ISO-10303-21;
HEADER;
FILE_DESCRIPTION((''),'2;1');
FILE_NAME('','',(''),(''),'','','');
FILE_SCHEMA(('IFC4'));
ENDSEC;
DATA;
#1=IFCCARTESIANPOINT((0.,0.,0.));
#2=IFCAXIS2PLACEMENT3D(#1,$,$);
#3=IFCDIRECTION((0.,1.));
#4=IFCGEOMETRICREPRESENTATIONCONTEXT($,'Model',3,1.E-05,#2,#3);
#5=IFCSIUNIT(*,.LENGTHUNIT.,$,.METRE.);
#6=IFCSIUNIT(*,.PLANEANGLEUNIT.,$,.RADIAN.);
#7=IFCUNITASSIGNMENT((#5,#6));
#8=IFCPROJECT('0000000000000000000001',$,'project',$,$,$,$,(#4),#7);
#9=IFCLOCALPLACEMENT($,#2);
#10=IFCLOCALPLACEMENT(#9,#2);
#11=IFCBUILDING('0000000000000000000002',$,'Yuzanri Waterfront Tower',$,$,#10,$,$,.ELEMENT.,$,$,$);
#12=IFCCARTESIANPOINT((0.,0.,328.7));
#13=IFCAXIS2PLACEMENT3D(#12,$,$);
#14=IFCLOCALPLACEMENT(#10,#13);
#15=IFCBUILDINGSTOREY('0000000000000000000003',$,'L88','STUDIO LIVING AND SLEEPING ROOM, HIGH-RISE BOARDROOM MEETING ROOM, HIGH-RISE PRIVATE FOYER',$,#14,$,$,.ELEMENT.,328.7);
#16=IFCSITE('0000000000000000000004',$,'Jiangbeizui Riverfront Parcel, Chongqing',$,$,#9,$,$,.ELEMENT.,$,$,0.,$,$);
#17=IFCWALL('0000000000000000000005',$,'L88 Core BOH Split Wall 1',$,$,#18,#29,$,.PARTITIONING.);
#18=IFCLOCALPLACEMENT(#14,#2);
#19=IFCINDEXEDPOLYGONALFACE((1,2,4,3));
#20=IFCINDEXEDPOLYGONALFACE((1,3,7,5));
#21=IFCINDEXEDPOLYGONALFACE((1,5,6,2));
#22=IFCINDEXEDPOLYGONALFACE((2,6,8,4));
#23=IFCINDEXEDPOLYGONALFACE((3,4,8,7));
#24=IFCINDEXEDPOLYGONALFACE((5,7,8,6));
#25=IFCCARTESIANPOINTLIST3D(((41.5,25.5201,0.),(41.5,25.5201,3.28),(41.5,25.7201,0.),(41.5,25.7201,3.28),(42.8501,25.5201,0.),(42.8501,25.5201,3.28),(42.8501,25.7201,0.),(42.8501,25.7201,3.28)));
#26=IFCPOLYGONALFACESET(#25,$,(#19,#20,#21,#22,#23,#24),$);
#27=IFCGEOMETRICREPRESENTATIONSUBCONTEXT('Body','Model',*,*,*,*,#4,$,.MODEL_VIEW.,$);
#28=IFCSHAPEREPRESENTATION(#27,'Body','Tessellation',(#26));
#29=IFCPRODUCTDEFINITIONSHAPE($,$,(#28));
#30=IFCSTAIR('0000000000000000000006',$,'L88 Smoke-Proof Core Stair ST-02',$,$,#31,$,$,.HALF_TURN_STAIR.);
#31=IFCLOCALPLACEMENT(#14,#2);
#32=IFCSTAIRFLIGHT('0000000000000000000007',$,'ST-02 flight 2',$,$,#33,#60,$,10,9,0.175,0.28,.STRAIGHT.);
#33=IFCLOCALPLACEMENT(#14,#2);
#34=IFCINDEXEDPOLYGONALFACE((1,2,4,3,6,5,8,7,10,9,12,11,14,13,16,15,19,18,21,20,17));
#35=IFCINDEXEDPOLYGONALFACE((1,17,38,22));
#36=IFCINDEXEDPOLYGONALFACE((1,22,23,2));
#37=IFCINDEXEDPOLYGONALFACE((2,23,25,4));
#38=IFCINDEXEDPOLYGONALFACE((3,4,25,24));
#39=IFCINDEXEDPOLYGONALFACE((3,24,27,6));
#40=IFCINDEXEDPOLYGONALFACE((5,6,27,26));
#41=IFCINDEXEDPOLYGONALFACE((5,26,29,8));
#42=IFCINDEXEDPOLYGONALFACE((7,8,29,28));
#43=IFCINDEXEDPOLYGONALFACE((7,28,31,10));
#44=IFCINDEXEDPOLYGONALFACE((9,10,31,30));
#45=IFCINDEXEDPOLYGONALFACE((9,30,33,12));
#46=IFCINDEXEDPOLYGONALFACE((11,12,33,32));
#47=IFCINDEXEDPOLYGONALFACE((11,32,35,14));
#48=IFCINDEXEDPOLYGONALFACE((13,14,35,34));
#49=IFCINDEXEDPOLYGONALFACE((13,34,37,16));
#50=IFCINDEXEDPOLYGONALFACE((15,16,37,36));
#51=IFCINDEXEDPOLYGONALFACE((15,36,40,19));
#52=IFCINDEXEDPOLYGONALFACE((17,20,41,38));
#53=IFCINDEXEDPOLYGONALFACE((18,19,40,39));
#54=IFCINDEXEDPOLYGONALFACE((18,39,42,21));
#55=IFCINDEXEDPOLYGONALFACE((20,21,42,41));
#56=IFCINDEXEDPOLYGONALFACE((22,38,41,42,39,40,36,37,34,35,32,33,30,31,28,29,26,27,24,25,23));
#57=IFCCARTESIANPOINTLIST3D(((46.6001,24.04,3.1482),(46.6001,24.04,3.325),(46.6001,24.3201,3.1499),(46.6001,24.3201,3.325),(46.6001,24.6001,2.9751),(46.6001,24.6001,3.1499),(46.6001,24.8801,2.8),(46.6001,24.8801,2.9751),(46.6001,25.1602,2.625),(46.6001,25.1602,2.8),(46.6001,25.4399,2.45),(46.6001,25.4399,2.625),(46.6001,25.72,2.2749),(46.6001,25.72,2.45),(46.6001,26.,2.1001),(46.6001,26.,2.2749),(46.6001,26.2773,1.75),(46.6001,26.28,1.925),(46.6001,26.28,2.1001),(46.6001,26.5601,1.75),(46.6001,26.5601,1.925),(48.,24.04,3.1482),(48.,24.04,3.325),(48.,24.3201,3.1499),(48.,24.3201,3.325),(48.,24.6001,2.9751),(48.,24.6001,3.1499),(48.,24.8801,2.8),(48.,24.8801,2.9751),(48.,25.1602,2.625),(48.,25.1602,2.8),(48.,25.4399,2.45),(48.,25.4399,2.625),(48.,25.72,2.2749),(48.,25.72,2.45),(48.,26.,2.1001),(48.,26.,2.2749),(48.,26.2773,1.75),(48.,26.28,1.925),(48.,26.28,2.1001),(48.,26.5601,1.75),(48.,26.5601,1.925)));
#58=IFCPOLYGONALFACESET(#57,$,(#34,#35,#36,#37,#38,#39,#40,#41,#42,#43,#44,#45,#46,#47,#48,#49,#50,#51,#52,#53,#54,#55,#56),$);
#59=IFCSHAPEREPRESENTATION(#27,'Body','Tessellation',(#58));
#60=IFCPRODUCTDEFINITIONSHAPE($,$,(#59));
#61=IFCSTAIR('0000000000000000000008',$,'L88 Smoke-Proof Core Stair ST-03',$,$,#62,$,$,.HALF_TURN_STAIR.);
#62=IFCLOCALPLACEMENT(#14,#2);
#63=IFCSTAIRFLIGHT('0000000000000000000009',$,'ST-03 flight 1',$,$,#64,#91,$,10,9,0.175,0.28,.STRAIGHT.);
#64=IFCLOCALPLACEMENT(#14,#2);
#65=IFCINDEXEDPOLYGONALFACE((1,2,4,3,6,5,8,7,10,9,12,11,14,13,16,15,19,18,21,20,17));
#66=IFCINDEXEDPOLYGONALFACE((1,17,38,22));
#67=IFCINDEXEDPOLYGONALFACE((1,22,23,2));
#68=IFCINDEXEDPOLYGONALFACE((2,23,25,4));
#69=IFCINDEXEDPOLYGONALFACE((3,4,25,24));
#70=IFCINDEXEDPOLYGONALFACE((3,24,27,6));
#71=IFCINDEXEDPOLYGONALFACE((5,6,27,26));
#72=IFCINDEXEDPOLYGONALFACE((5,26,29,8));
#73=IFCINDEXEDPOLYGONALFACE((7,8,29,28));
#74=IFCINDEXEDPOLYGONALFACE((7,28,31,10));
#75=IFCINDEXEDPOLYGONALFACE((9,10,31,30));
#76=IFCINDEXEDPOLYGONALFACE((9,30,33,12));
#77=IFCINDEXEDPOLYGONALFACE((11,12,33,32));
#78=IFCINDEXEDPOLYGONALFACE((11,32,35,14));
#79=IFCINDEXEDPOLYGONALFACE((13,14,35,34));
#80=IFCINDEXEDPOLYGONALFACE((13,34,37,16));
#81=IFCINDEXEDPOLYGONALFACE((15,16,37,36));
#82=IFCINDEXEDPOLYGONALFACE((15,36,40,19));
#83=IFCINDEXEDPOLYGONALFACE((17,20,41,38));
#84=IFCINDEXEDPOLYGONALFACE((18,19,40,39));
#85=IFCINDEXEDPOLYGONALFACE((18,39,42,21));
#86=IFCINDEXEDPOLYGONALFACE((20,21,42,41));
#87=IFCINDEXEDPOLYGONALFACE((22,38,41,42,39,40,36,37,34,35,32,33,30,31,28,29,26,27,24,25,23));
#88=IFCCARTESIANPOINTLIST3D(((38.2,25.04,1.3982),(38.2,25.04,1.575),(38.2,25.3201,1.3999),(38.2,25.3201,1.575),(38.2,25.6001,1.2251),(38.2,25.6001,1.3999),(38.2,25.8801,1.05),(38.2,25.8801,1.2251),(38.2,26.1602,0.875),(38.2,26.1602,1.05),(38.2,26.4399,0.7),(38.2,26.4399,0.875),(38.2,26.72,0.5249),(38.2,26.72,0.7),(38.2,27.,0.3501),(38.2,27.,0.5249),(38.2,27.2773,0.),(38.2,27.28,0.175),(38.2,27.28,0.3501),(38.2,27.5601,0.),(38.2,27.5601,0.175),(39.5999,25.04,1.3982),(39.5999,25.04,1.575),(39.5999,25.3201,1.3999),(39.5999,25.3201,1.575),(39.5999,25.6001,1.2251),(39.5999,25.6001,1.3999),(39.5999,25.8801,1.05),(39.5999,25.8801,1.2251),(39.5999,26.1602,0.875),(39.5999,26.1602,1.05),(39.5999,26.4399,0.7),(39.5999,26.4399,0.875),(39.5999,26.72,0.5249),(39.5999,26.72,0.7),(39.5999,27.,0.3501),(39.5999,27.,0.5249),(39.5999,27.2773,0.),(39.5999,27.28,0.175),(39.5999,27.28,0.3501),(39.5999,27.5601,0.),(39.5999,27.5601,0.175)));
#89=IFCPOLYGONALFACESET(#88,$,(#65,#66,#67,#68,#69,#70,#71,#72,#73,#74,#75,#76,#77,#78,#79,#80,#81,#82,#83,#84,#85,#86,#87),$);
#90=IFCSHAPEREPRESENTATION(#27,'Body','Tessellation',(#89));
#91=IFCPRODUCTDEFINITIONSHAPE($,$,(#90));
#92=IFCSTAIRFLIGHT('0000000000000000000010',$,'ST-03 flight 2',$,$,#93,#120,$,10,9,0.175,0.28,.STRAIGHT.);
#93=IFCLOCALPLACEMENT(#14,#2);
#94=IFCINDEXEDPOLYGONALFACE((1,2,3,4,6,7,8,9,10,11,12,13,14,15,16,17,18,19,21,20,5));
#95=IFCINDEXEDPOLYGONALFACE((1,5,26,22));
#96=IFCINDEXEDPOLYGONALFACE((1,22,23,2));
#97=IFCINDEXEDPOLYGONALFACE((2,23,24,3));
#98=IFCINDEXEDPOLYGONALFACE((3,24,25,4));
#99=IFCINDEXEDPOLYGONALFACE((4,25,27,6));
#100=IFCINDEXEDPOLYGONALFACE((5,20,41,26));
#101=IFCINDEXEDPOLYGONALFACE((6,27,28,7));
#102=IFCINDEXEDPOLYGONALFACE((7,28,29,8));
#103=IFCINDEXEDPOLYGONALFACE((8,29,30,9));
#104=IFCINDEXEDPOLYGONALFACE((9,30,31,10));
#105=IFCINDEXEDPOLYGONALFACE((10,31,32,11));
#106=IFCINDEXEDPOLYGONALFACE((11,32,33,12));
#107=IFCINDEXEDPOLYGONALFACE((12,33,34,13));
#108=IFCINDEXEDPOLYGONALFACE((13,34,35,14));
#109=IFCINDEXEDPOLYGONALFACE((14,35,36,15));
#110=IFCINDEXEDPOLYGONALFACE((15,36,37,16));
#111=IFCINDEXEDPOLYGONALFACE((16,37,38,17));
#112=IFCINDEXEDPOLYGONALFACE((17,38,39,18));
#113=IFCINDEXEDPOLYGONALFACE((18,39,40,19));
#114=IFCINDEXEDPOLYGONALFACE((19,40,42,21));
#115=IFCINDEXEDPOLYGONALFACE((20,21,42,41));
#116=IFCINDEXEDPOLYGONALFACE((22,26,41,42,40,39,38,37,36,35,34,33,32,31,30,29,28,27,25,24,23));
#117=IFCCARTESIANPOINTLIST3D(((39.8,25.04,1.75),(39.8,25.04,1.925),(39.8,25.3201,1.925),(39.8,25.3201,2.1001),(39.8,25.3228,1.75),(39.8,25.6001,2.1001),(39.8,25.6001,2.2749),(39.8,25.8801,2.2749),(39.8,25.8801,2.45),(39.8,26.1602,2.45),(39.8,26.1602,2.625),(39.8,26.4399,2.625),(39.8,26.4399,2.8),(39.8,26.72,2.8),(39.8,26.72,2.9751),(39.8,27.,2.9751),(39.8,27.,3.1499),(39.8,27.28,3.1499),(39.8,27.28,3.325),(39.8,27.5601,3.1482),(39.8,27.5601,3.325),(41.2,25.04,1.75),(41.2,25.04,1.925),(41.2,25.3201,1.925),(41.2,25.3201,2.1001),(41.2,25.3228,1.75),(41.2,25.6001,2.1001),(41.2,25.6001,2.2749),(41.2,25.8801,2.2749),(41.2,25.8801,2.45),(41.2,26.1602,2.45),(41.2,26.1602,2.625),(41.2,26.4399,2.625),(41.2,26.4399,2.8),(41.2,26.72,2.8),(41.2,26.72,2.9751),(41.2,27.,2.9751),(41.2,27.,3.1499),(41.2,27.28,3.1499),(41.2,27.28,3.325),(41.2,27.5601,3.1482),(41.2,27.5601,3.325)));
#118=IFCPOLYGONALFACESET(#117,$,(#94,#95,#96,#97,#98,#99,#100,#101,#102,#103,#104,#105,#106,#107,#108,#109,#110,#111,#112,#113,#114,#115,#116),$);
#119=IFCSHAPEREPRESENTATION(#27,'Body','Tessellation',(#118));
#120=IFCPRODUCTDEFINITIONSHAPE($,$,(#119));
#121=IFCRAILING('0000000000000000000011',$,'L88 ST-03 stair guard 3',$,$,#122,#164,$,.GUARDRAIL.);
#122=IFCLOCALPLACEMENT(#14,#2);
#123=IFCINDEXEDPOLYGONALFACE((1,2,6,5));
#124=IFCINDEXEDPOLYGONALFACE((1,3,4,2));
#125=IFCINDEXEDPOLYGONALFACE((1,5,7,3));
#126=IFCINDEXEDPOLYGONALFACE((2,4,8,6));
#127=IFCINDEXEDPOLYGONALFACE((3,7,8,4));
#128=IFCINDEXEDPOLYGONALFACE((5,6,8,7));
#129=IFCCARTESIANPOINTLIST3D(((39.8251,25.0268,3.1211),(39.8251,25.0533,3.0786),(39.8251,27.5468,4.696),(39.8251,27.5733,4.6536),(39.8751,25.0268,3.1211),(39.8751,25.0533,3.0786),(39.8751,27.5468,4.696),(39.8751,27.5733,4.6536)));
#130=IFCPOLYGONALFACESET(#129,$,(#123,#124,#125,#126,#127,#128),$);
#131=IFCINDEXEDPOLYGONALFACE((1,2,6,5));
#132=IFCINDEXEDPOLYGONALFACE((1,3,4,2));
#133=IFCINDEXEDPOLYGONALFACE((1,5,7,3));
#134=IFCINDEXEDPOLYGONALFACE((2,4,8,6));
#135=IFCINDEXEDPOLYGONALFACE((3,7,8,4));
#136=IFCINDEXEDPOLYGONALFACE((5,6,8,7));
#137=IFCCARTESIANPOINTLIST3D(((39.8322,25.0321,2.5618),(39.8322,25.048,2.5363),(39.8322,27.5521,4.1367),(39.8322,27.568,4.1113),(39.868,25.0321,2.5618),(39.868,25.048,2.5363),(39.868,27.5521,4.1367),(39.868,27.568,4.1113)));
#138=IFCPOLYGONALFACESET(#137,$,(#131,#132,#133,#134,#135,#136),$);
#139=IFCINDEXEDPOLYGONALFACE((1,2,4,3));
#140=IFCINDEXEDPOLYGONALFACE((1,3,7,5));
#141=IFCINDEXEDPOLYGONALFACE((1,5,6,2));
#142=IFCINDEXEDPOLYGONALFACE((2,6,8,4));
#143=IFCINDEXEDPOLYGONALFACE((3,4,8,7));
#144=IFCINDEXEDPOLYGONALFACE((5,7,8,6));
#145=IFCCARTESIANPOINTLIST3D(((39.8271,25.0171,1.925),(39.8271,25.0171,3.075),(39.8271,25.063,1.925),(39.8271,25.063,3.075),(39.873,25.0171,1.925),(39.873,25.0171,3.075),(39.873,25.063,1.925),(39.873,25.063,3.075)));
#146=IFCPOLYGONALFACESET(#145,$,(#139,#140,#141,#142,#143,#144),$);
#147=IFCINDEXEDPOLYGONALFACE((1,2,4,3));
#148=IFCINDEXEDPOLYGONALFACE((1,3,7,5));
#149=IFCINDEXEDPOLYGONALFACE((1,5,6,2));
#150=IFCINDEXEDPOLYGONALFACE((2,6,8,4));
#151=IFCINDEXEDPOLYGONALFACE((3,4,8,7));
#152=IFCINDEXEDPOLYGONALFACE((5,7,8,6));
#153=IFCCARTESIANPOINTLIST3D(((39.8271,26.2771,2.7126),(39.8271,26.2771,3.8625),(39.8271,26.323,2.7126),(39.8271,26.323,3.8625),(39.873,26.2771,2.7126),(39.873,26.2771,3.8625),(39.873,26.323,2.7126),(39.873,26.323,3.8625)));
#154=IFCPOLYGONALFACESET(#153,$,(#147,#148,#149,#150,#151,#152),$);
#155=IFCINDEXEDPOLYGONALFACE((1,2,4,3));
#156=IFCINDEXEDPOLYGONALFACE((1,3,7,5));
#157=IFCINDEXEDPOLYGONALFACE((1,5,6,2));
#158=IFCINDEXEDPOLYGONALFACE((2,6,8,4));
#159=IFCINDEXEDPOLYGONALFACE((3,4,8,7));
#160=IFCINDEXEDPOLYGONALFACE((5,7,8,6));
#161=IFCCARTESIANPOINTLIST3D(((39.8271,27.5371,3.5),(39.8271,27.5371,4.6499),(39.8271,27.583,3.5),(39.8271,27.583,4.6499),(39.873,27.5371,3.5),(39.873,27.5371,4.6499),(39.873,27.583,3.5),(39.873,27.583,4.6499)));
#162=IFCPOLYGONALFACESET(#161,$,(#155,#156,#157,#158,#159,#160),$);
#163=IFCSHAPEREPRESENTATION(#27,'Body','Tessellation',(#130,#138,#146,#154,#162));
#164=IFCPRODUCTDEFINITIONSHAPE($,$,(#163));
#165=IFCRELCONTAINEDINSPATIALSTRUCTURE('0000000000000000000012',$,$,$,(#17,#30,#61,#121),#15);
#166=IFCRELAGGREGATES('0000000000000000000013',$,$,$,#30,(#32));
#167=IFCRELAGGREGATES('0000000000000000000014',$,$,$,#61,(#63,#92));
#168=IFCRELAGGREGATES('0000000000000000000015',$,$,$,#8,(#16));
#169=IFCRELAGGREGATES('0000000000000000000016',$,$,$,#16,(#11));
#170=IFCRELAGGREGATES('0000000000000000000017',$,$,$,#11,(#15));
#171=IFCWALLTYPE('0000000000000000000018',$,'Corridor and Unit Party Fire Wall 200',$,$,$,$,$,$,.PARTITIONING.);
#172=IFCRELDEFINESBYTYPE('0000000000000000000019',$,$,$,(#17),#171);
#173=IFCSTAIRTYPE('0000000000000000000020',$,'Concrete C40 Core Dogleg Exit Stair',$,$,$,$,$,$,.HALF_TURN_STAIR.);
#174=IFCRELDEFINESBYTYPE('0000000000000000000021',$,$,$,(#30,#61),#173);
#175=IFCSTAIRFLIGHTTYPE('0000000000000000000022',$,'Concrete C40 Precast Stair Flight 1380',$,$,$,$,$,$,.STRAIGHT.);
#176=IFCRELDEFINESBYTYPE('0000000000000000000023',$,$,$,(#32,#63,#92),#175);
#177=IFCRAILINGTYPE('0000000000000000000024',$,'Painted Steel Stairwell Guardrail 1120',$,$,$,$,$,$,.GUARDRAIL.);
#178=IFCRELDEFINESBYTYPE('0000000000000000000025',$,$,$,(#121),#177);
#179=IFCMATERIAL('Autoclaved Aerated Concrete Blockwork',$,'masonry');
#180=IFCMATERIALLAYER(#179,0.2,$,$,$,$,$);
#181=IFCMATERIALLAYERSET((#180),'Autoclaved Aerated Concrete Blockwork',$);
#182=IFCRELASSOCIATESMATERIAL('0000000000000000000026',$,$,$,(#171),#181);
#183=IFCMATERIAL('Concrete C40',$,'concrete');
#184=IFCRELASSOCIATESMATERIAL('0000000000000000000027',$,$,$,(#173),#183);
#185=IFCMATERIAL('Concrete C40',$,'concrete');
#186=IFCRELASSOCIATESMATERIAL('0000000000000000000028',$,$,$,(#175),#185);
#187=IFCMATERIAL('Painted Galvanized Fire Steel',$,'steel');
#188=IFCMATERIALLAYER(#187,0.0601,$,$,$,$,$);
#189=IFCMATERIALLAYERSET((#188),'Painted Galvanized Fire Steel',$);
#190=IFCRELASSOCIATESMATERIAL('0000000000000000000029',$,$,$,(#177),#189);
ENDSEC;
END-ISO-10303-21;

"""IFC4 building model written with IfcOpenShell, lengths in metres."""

from ifc_helpers import new_model, si_unit, direction, frame, frame_2d, origin, origin_2d, place, context, subcontext, project, spatial, polyline, rectangle, outline, extrude, source, transform, mapped, material, layer, layer_set, type_object, element, aggregate, save


model = new_model("IFC4")

# Units and contexts
model_context = context("Model", 3, precision=1e-05, world=origin(), true_north=direction((0.0, 1.0)))
body_context = subcontext(model_context, "Body", "Model", "MODEL_VIEW")
ifc_project = project(units=[si_unit("LENGTHUNIT", "METRE"), si_unit("PLANEANGLEUNIT", "RADIAN")], contexts=[model_context])

# Site, building, storey
site_placement = place(None, origin())
site = spatial("IfcSite", under=ifc_project, at=site_placement, Name="Jiangbeizui Riverfront Parcel, Chongqing", CompositionType="ELEMENT", RefElevation=0.0)
building_placement = place(site_placement, origin())
building = spatial("IfcBuilding", under=site, at=building_placement, Name="Yuzanri Waterfront Tower", CompositionType="ELEMENT")
storey_placement = place(building_placement, frame((0.0, 0.0, 328.7)))
storey = spatial("IfcBuildingStorey", under=building, at=storey_placement, Name="L88", Description="STUDIO LIVING AND SLEEPING ROOM, HIGH-RISE BOARDROOM MEETING ROOM, HIGH-RISE PRIVATE FOYER", CompositionType="ELEMENT", Elevation=328.7)

# Wall
ifc_material_1 = material(Name="Autoclaved Aerated Concrete Blockwork", Category="masonry")
ifc_layer_1 = layer(ifc_material_1, 0.2)
ifc_layer_set_1 = layer_set([ifc_layer_1], Name="Autoclaved Aerated Concrete Blockwork")
wall_type_1 = type_object("IfcWallType", Name="Corridor and Unit Party Fire Wall 200", PredefinedType="PARTITIONING", material=ifc_layer_set_1)
shared_shape_1 = source(origin(), body_context, "Body", "SweptSolid", [
    extrude(rectangle(XDim=1.3501, YDim=0.2, at=frame_2d((0.675, 0.0))), origin(), (0.0, 0.0, 1.0), 3.28),
])
wall_1_placement = place(storey_placement, frame((41.5, 25.6201, 0.0), z_axis=(0.0, 0.0, 1.0), x_axis=(1.0, 0.0, 0.0)))
element("IfcWall", 1, at=wall_1_placement, inside=storey, type_object=wall_type_1, Name="L88 Core BOH Split Wall 1", PredefinedType="PARTITIONING", context=body_context, shape_type="MappedRepresentation", body=[
    mapped(shared_shape_1, transform((0.0, 0.0, 0.0), scale=1.0)),
])

# Stair, stair flight
ifc_material_2 = material(Name="Concrete C40", Category="concrete")
stair_type = type_object("IfcStairType", Name="Concrete C40 Core Dogleg Exit Stair", PredefinedType="HALF_TURN_STAIR", material=ifc_material_2)
stair_1_placement = place(storey_placement, origin())
stair_1 = element("IfcStair", 2, at=stair_1_placement, inside=storey, type_object=stair_type, Name="L88 Smoke-Proof Core Stair ST-02", PredefinedType="HALF_TURN_STAIR")
ifc_material_3 = material(Name="Concrete C40", Category="concrete")
stair_flight_type = type_object("IfcStairFlightType", Name="Concrete C40 Precast Stair Flight 1380", PredefinedType="STRAIGHT", material=ifc_material_3)
shared_shape_2 = source(origin(), body_context, "Body", "SweptSolid", [
    extrude(outline(polyline([(0.0, 0.0), (0.0, 0.175), (0.28, 0.175), (0.28, 0.3501), (0.5601, 0.3501), (0.5601, 0.5249), (0.8401, 0.5249), (0.8401, 0.7), (1.1201, 0.7), (1.1201, 0.875), (1.3999, 0.875), (1.3999, 1.05), (1.6799, 1.05), (1.6799, 1.2251), (1.96, 1.2251), (1.96, 1.3999), (2.24, 1.3999), (2.24, 1.575), (2.52, 1.575), (2.52, 1.75), (2.52, 1.3982), (0.2827, 0.0), (0.0, 0.0)])), frame((0.0, 0.7, 0.0), z_axis=(0.0, -1.0, 0.0), x_axis=(1.0, 0.0, 0.0)), (0.0, 0.0, 1.0), 1.3999),
])
stair_flight_1_placement = place(storey_placement, frame((47.3, 26.5601, 1.75), z_axis=(0.0, 0.0, 1.0), x_axis=(0.0, -1.0, 0.0)))
stair_flight_1 = element("IfcStairFlight", 3, at=stair_flight_1_placement, type_object=stair_flight_type, Name="ST-02 flight 2", NumberOfRisers=10, NumberOfTreads=9, PredefinedType="STRAIGHT", RiserHeight=0.175, TreadLength=0.28, context=body_context, shape_type="MappedRepresentation", body=[
    mapped(shared_shape_2, transform((0.0, 0.0, 0.0), scale=1.0)),
])
aggregate(stair_1, [stair_flight_1])

# Stair, stair flights
stair_2_placement = place(storey_placement, origin())
stair_2 = element("IfcStair", 4, at=stair_2_placement, inside=storey, type_object=stair_type, Name="L88 Smoke-Proof Core Stair ST-03", PredefinedType="HALF_TURN_STAIR")
stair_flight_2_placement = place(storey_placement, frame((38.8999, 27.5601, 0.0), z_axis=(0.0, 0.0, 1.0), x_axis=(0.0, -1.0, 0.0)))
stair_flight_2 = element("IfcStairFlight", 5, at=stair_flight_2_placement, type_object=stair_flight_type, Name="ST-03 flight 1", NumberOfRisers=10, NumberOfTreads=9, PredefinedType="STRAIGHT", RiserHeight=0.175, TreadLength=0.28, context=body_context, shape_type="MappedRepresentation", body=[
    mapped(shared_shape_2, transform((0.0, 0.0, 0.0), scale=1.0)),
])
stair_flight_3_placement = place(storey_placement, frame((40.5, 25.04, 1.75), z_axis=(0.0, 0.0, 1.0), x_axis=(0.0, 1.0, 0.0)))
stair_flight_3 = element("IfcStairFlight", 6, at=stair_flight_3_placement, type_object=stair_flight_type, Name="ST-03 flight 2", NumberOfRisers=10, NumberOfTreads=9, PredefinedType="STRAIGHT", RiserHeight=0.175, TreadLength=0.28, context=body_context, shape_type="MappedRepresentation", body=[
    mapped(shared_shape_2, transform((0.0, 0.0, 0.0), scale=1.0)),
])
aggregate(stair_2, [stair_flight_2, stair_flight_3])

# Railing
ifc_material_4 = material(Name="Painted Galvanized Fire Steel", Category="steel")
ifc_layer_2 = layer(ifc_material_4, 0.0601)
ifc_layer_set_2 = layer_set([ifc_layer_2], Name="Painted Galvanized Fire Steel")
railing_type_1 = type_object("IfcRailingType", Name="Painted Steel Stairwell Guardrail 1120", PredefinedType="GUARDRAIL", material=ifc_layer_set_2)
shared_shape_3 = source(origin(), body_context, "Body", "SweptSolid", [
    extrude(rectangle(XDim=0.05, YDim=0.05, at=origin_2d()), frame((0.0, 0.0, 1.1748), z_axis=(0.0, 0.848008, 0.529984), x_axis=(-1.0, 0.0, 0.0)), (0.0, 0.0, 1.0), 2.9717),
    extrude(rectangle(XDim=0.0359, YDim=0.03, at=origin_2d()), frame((0.0, 0.0, 0.624), z_axis=(0.0, 0.848008, 0.529984), x_axis=(-1.0, 0.0, 0.0)), (0.0, 0.0, 1.0), 2.9717),
    extrude(rectangle(XDim=0.0459, YDim=0.0459, at=origin_2d()), origin(), (0.0, 0.0, 1.0), 1.1499),
    extrude(rectangle(XDim=0.0459, YDim=0.0459, at=origin_2d()), frame((0.0, 1.26, 0.7876)), (0.0, 0.0, 1.0), 1.1499),
    extrude(rectangle(XDim=0.0459, YDim=0.0459, at=origin_2d()), frame((0.0, 2.52, 1.575)), (0.0, 0.0, 1.0), 1.1499),
])
railing_1_placement = place(storey_placement, frame((39.8501, 25.04, 1.925)))
element("IfcRailing", 7, at=railing_1_placement, inside=storey, type_object=railing_type_1, Name="L88 ST-03 stair guard 3", PredefinedType="GUARDRAIL", context=body_context, shape_type="MappedRepresentation", body=[
    mapped(shared_shape_3, transform((0.0, 0.0, 0.0), scale=1.0)),
])

save(model, "model.ifc")
